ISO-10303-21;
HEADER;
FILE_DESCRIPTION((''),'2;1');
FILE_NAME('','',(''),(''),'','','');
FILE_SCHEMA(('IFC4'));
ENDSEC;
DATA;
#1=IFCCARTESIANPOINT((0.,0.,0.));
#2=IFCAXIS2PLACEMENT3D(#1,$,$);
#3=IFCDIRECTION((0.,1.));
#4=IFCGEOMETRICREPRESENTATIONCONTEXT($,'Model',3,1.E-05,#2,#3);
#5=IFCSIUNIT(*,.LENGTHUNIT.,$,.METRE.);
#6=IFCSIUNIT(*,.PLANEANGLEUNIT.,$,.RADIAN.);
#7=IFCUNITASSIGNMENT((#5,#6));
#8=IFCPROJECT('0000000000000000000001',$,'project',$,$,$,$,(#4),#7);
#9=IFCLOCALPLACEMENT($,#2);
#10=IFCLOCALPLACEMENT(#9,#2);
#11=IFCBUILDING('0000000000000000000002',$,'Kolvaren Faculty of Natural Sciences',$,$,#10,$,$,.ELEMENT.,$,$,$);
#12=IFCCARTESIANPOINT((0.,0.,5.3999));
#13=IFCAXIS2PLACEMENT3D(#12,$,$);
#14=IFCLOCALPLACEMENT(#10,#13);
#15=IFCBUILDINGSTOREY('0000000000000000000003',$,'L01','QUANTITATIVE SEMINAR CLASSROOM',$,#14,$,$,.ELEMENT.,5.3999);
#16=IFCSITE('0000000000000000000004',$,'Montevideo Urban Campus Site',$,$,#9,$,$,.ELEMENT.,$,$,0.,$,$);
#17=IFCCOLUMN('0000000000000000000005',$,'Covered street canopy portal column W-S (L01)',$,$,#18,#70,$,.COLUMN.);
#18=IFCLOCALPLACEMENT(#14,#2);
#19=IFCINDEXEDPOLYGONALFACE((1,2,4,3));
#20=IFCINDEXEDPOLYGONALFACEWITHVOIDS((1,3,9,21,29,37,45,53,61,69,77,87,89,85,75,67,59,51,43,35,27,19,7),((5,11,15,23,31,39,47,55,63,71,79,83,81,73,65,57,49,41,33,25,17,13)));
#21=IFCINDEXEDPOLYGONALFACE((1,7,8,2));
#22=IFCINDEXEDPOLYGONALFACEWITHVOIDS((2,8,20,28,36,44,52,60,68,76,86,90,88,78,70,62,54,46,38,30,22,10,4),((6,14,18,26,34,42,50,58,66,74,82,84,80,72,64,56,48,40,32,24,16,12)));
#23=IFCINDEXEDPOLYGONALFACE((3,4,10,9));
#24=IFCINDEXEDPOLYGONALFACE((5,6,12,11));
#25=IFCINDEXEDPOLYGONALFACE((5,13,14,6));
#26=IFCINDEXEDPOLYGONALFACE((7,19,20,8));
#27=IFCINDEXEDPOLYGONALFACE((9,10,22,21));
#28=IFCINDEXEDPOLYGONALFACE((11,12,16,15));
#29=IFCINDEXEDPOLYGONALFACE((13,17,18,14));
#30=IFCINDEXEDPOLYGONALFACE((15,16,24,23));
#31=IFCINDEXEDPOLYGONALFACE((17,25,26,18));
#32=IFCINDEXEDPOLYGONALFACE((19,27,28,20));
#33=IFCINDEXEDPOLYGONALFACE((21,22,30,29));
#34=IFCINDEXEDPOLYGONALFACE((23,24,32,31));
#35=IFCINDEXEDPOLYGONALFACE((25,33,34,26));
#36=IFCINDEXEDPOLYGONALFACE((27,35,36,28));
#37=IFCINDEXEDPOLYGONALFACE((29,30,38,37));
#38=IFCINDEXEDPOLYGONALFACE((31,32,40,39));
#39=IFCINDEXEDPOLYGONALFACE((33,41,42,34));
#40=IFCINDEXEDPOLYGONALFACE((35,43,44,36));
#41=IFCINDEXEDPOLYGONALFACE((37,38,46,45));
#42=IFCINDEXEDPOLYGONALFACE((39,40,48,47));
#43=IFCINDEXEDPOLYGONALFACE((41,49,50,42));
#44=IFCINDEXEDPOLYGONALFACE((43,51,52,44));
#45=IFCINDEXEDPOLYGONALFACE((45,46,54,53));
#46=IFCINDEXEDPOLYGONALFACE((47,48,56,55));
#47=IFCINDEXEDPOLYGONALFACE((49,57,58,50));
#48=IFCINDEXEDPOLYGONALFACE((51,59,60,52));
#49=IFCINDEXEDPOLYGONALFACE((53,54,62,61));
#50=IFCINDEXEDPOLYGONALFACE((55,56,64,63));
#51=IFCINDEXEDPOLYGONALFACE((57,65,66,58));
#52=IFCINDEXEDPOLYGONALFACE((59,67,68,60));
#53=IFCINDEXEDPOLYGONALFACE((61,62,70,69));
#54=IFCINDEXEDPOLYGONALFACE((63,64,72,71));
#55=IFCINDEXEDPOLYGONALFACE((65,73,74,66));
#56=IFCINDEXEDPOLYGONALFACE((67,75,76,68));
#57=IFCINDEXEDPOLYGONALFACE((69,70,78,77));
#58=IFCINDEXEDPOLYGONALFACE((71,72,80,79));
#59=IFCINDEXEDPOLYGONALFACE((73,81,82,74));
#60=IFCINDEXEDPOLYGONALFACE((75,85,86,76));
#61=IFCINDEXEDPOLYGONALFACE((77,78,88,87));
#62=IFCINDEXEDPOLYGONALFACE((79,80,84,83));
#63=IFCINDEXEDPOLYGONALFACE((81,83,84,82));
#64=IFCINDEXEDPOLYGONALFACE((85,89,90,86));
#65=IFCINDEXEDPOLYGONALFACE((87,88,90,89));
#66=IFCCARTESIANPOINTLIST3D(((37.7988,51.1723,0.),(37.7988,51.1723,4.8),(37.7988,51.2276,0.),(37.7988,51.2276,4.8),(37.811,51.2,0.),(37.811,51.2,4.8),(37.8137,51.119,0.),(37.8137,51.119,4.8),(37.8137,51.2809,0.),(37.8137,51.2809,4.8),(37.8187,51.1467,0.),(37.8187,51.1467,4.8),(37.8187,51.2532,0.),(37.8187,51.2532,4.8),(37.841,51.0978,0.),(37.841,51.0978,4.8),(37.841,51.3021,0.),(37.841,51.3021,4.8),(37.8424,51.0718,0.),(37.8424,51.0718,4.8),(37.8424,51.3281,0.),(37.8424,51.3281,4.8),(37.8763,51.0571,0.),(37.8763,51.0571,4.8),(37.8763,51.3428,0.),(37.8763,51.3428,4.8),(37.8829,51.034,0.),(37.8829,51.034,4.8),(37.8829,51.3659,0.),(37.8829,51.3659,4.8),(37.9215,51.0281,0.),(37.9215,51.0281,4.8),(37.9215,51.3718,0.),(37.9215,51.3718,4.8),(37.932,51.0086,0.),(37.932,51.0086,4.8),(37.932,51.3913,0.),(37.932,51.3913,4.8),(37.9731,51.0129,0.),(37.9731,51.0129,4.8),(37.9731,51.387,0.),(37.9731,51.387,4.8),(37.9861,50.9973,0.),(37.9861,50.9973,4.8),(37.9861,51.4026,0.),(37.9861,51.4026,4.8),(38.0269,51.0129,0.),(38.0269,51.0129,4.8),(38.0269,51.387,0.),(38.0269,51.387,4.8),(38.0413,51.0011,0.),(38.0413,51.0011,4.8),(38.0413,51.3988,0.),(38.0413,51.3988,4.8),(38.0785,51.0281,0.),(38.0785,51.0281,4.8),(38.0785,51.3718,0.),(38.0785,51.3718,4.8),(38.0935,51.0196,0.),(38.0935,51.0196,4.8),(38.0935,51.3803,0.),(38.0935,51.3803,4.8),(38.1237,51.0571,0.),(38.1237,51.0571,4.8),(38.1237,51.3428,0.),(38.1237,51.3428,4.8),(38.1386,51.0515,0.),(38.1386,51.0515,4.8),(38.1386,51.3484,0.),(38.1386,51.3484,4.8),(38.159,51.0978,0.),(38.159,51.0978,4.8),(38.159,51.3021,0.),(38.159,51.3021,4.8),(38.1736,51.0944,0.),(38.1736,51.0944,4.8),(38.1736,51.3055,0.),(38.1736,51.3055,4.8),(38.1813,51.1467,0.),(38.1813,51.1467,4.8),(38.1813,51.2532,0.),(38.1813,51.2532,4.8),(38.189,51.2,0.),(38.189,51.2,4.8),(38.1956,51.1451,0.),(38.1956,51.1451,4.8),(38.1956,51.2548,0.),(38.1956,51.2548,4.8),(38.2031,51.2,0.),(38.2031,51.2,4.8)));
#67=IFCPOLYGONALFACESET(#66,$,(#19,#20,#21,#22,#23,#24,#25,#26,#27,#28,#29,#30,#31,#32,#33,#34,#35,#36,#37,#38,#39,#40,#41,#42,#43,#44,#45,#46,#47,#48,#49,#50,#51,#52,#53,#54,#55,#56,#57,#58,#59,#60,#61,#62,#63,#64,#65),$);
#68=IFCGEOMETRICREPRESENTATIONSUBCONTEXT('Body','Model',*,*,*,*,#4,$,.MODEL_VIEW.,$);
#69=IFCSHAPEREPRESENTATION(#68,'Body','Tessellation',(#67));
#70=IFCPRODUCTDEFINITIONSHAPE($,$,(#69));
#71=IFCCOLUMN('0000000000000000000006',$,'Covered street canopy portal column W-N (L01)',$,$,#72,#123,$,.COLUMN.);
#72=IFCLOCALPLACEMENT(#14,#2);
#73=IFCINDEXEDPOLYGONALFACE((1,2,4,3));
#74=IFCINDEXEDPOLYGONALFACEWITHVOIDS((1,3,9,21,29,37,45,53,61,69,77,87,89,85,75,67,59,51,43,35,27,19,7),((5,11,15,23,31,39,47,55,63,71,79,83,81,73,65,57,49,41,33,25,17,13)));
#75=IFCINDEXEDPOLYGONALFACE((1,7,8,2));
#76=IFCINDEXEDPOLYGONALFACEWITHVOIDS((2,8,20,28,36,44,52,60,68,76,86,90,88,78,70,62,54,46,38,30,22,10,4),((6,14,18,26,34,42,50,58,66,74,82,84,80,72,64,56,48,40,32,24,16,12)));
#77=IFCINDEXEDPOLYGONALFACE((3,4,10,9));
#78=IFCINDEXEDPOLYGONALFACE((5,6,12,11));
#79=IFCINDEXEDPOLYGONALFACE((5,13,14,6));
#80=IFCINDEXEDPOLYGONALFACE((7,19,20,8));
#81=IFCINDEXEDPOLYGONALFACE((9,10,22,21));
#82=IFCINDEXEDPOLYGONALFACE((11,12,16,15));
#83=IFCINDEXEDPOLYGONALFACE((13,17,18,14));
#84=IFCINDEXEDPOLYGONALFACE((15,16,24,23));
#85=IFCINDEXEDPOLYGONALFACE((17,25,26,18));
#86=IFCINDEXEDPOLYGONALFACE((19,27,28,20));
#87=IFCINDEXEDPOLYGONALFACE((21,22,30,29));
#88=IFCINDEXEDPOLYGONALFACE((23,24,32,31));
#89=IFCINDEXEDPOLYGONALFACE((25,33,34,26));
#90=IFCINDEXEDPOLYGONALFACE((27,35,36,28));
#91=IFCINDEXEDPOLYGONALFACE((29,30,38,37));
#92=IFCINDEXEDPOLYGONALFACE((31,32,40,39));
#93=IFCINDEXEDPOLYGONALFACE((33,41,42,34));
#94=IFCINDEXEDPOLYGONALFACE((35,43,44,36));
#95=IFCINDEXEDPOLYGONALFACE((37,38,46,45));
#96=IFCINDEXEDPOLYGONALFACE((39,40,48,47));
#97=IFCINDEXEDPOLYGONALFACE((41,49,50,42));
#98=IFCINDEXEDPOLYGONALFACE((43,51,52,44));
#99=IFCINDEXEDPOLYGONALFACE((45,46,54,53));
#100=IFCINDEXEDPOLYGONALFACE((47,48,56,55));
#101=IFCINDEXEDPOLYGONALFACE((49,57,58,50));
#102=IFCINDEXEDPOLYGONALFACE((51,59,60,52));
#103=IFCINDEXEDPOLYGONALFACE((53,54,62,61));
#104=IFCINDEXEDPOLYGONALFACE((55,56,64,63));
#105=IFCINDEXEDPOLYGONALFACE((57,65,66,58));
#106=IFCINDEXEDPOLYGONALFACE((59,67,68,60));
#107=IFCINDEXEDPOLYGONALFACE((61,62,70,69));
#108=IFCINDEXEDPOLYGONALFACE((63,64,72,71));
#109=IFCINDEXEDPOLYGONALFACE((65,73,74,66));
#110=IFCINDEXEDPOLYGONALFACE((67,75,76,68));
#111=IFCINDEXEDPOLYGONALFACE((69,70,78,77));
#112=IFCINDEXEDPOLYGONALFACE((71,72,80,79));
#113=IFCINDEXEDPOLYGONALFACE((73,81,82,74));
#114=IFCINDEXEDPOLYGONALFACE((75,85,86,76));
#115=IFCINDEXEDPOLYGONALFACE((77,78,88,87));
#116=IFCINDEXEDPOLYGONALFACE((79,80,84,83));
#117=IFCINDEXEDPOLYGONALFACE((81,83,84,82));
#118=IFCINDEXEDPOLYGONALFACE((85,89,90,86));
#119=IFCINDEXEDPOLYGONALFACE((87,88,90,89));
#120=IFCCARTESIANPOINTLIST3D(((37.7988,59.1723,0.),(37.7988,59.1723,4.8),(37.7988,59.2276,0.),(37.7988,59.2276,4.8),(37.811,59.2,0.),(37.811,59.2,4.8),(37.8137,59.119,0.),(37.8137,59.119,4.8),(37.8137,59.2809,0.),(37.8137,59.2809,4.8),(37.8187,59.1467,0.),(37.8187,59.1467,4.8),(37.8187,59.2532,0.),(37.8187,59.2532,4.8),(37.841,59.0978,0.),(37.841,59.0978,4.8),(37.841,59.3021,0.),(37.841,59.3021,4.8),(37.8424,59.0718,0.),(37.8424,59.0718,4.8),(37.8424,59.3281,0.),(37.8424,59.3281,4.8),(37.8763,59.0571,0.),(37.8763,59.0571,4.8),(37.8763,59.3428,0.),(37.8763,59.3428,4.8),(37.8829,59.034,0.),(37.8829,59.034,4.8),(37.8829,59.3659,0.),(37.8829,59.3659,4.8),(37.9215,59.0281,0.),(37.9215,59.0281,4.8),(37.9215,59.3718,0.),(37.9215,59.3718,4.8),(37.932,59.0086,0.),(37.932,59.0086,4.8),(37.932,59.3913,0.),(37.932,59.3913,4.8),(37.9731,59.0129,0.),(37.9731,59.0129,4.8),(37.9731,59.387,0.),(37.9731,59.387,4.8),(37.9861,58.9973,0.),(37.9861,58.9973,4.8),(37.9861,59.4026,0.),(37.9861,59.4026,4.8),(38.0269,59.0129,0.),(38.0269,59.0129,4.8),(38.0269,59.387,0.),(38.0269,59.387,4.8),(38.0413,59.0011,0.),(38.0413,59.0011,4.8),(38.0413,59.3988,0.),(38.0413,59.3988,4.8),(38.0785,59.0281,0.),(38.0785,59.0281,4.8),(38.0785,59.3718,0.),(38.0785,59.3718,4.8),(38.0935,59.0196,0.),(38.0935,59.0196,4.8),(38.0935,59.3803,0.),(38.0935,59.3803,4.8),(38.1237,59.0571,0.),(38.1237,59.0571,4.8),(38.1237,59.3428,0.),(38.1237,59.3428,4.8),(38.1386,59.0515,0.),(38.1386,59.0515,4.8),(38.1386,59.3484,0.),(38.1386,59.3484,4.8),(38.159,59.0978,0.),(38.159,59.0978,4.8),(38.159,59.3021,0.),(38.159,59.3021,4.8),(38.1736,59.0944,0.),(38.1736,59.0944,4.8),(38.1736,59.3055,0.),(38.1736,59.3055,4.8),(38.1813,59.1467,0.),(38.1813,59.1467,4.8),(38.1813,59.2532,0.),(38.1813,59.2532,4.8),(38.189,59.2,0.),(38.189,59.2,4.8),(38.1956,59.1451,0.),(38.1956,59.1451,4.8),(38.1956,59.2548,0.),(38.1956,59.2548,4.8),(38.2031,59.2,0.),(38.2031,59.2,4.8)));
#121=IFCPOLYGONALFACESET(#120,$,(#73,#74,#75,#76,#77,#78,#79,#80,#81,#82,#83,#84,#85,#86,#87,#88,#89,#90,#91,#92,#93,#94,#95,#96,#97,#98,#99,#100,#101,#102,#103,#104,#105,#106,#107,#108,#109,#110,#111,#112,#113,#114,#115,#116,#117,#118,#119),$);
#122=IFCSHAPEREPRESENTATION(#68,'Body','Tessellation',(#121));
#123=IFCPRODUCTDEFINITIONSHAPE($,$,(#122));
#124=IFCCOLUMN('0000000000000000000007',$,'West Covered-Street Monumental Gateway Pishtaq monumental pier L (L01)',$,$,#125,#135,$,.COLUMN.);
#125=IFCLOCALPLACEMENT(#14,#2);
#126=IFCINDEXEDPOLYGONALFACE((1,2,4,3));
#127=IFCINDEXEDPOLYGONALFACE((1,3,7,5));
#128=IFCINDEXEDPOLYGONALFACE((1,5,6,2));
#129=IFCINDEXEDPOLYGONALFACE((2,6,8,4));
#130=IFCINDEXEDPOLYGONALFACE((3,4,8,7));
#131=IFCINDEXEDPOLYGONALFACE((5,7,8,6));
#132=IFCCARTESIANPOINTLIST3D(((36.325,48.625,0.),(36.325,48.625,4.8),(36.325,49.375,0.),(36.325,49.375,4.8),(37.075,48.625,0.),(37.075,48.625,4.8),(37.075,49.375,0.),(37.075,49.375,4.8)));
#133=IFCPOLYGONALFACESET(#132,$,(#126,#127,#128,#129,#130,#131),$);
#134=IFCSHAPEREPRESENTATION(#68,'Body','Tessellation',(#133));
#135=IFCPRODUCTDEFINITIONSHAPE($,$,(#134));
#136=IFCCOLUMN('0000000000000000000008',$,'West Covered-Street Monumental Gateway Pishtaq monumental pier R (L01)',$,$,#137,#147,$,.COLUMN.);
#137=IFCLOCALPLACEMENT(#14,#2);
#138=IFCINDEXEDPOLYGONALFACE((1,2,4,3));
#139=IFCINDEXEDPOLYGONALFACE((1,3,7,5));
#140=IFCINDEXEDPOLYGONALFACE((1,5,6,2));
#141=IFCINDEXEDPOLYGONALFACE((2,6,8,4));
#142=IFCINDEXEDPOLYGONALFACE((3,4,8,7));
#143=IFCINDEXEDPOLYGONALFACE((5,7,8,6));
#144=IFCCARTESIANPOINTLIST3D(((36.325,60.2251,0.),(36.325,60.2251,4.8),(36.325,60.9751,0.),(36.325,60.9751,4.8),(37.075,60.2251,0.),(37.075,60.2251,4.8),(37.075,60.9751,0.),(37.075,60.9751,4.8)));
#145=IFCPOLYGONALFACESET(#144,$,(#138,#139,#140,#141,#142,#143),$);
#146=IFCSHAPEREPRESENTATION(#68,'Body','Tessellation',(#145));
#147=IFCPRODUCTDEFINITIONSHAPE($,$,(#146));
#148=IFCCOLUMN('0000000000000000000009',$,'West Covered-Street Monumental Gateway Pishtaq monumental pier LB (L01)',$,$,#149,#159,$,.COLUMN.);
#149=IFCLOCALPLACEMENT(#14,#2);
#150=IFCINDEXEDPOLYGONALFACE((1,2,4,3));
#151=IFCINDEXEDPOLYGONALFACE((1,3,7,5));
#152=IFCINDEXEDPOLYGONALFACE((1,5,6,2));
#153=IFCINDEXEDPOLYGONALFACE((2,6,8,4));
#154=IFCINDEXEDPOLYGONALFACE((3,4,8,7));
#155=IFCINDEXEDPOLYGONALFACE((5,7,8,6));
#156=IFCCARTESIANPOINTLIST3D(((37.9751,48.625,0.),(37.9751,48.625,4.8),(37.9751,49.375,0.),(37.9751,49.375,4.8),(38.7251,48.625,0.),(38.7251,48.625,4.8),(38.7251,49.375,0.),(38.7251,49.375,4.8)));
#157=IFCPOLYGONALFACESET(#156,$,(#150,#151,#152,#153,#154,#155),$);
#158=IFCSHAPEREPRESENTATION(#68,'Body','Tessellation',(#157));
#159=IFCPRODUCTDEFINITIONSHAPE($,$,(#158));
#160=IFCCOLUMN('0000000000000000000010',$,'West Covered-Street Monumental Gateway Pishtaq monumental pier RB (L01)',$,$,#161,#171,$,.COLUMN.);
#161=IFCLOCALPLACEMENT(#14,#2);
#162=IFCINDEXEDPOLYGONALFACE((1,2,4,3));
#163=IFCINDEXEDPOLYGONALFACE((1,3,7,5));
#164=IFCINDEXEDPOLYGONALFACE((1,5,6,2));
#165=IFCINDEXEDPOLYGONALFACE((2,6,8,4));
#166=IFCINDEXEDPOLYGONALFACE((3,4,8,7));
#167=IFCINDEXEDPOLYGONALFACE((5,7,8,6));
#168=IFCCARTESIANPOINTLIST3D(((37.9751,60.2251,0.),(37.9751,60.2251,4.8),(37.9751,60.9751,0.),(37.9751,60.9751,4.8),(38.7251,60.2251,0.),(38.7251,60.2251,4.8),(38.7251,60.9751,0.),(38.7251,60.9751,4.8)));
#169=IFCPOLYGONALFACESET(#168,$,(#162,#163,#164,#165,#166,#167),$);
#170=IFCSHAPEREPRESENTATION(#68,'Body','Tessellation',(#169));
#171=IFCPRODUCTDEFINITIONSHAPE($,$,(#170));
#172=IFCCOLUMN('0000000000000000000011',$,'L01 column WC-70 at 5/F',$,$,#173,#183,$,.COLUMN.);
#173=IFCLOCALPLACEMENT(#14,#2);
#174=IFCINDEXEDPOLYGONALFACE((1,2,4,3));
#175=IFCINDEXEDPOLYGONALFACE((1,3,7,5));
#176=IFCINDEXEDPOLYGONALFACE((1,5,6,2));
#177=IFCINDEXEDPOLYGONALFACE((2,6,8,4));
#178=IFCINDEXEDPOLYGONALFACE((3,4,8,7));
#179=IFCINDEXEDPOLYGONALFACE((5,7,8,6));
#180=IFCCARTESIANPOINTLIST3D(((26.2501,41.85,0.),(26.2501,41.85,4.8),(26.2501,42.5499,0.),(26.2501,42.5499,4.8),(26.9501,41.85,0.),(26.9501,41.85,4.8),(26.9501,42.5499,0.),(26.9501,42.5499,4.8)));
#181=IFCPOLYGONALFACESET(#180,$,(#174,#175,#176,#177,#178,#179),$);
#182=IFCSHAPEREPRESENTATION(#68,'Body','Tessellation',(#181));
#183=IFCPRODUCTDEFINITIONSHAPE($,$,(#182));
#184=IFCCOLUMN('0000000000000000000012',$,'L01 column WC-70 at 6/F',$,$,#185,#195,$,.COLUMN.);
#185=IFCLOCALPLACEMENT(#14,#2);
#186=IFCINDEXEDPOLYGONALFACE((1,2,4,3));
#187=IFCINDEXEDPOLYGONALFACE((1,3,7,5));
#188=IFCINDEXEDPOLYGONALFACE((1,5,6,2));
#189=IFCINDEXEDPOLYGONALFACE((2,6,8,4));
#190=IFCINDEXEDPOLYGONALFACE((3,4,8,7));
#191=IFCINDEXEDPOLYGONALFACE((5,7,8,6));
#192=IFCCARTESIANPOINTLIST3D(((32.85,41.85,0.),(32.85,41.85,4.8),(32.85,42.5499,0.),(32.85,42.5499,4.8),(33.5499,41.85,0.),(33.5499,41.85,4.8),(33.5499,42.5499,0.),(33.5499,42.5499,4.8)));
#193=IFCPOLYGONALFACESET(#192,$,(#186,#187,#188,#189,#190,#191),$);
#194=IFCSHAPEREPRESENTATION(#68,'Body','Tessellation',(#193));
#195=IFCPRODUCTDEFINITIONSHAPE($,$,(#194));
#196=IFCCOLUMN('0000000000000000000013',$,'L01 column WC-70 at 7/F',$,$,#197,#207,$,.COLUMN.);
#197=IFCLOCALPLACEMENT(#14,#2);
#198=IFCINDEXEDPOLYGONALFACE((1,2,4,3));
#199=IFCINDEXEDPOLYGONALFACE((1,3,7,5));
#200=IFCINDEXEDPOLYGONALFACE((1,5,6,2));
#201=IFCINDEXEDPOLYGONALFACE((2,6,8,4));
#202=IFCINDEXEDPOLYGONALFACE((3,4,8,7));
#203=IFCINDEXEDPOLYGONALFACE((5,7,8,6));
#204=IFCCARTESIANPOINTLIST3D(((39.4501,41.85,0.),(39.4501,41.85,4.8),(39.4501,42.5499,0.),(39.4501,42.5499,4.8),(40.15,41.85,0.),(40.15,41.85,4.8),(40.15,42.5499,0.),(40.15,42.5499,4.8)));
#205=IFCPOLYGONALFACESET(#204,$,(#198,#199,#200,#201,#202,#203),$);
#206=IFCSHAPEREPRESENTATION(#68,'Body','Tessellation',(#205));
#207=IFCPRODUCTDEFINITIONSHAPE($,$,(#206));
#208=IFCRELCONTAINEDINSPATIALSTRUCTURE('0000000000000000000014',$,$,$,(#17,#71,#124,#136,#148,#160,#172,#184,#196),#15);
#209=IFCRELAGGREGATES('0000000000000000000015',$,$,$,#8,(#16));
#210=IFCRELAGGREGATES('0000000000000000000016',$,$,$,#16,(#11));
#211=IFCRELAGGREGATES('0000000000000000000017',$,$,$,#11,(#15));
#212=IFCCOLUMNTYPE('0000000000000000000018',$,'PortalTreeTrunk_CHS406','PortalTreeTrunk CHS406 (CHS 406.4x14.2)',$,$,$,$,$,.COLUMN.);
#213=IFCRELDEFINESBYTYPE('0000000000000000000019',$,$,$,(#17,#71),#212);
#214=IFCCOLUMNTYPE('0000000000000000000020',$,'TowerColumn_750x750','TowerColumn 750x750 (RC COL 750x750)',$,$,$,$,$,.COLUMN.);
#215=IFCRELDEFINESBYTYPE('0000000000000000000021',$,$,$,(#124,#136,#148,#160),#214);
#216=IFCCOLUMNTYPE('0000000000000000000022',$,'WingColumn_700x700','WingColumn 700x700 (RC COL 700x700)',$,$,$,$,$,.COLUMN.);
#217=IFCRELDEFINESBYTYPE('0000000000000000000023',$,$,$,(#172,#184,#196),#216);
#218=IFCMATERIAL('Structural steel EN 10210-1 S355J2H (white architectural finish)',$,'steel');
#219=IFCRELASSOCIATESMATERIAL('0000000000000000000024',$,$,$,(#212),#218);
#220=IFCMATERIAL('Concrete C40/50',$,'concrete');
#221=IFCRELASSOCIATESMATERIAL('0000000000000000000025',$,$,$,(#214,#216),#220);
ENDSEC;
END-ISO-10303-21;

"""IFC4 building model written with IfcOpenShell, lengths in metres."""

from ifc_helpers import new_model, si_unit, direction, frame, origin, origin_2d, place, context, subcontext, project, spatial, rectangle, hollow_circle, extrude, material, material_profile, profile_set, type_object, element, save


model = new_model("IFC4")

# Units and contexts
model_context = context("Model", 3, precision=1e-05, world=origin(), true_north=direction((0.0, 1.0)))
body_context = subcontext(model_context, "Body", "Model", "MODEL_VIEW")
ifc_project = project(units=[si_unit("LENGTHUNIT", "METRE"), si_unit("PLANEANGLEUNIT", "RADIAN")], contexts=[model_context])

# Site, building, storey
site_placement = place(None, origin())
site = spatial("IfcSite", under=ifc_project, at=site_placement, Name="Montevideo Urban Campus Site", CompositionType="ELEMENT", RefElevation=0.0)
building_placement = place(site_placement, origin())
building = spatial("IfcBuilding", under=site, at=building_placement, Name="Kolvaren Faculty of Natural Sciences", CompositionType="ELEMENT")
storey_placement = place(building_placement, frame((0.0, 0.0, 5.3999)))
storey = spatial("IfcBuildingStorey", under=building, at=storey_placement, Name="L01", Description="QUANTITATIVE SEMINAR CLASSROOM", CompositionType="ELEMENT", Elevation=5.3999)

# Columns
ifc_material_1 = material(Name="Structural steel EN 10210-1 S355J2H (white architectural finish)", Category="steel")
ifc_material_profile_1 = material_profile(ifc_material_1, hollow_circle(Radius=0.2031, WallThickness=0.0142, at=origin_2d()), Name="CHS 406.4x14.2")
ifc_profile_set_1 = profile_set([ifc_material_profile_1], Name="Structural steel EN 10210-1 S355J2H (white architectural finish)")
column_type_1 = type_object("IfcColumnType", Name="PortalTreeTrunk_CHS406", Description="PortalTreeTrunk CHS406 (CHS 406.4x14.2)", PredefinedType="COLUMN", material=ifc_profile_set_1)
for number, where, z_axis, x_axis, name in (
    (1, (38.0, 51.2, 0.0), (0.0, 0.0, 1.0), (1.0, 0.0, 0.0), "Covered street canopy portal column W-S (L01)"),
    (2, (38.0, 59.2, 0.0), (0.0, 0.0, 1.0), (1.0, 0.0, 0.0), "Covered street canopy portal column W-N (L01)"),
):
    element("IfcColumn", number, at=place(storey_placement, frame(where, z_axis=z_axis, x_axis=x_axis)), inside=storey, type_object=column_type_1, Name=name, PredefinedType="COLUMN", context=body_context, shape_type="SweptSolid", body=[
        extrude(hollow_circle(Radius=0.2031, WallThickness=0.0142, at=origin_2d()), origin(), (0.0, 0.0, 1.0), 4.8),
    ])
ifc_material_2 = material(Name="Concrete C40/50", Category="concrete")
ifc_material_profile_2 = material_profile(ifc_material_2, rectangle(XDim=0.75, YDim=0.75, at=origin_2d()), Name="RC COL 750x750")
ifc_profile_set_2 = profile_set([ifc_material_profile_2], Name="Concrete C40/50")
column_type_2 = type_object("IfcColumnType", Name="TowerColumn_750x750", Description="TowerColumn 750x750 (RC COL 750x750)", PredefinedType="COLUMN", material=ifc_profile_set_2)
for number, where, z_axis, x_axis, name in (
    (3, (36.7, 49.0, 0.0), (0.0, 0.0, 1.0), (1.0, 0.0, 0.0), "West Covered-Street Monumental Gateway Pishtaq monumental pier L (L01)"),
    (4, (36.7, 60.6001, 0.0), (0.0, 0.0, 1.0), (1.0, 0.0, 0.0), "West Covered-Street Monumental Gateway Pishtaq monumental pier R (L01)"),
    (5, (38.3501, 49.0, 0.0), (0.0, 0.0, 1.0), (1.0, 0.0, 0.0), "West Covered-Street Monumental Gateway Pishtaq monumental pier LB (L01)"),
    (6, (38.3501, 60.6001, 0.0), (0.0, 0.0, 1.0), (1.0, 0.0, 0.0), "West Covered-Street Monumental Gateway Pishtaq monumental pier RB (L01)"),
):
    element("IfcColumn", number, at=place(storey_placement, frame(where, z_axis=z_axis, x_axis=x_axis)), inside=storey, type_object=column_type_2, Name=name, PredefinedType="COLUMN", context=body_context, shape_type="SweptSolid", body=[
        extrude(rectangle(XDim=0.75, YDim=0.75, at=origin_2d()), origin(), (0.0, 0.0, 1.0), 4.8),
    ])
ifc_material_profile_3 = material_profile(ifc_material_2, rectangle(XDim=0.7, YDim=0.7, at=origin_2d()), Name="RC COL 700x700")
ifc_profile_set_3 = profile_set([ifc_material_profile_3], Name="Concrete C40/50")
column_type_3 = type_object("IfcColumnType", Name="WingColumn_700x700", Description="WingColumn 700x700 (RC COL 700x700)", PredefinedType="COLUMN", material=ifc_profile_set_3)
for number, where, z_axis, x_axis, name in (
    (7, (26.6001, 42.2, 0.0), (0.0, 0.0, 1.0), (1.0, 0.0, 0.0), "L01 column WC-70 at 5/F"),
    (8, (33.2, 42.2, 0.0), (0.0, 0.0, 1.0), (1.0, 0.0, 0.0), "L01 column WC-70 at 6/F"),
    (9, (39.8, 42.2, 0.0), (0.0, 0.0, 1.0), (1.0, 0.0, 0.0), "L01 column WC-70 at 7/F"),
):
    element("IfcColumn", number, at=place(storey_placement, frame(where, z_axis=z_axis, x_axis=x_axis)), inside=storey, type_object=column_type_3, Name=name, PredefinedType="COLUMN", context=body_context, shape_type="SweptSolid", body=[
        extrude(rectangle(XDim=0.7, YDim=0.7, at=origin_2d()), origin(), (0.0, 0.0, 1.0), 4.8),
    ])

save(model, "model.ifc")
